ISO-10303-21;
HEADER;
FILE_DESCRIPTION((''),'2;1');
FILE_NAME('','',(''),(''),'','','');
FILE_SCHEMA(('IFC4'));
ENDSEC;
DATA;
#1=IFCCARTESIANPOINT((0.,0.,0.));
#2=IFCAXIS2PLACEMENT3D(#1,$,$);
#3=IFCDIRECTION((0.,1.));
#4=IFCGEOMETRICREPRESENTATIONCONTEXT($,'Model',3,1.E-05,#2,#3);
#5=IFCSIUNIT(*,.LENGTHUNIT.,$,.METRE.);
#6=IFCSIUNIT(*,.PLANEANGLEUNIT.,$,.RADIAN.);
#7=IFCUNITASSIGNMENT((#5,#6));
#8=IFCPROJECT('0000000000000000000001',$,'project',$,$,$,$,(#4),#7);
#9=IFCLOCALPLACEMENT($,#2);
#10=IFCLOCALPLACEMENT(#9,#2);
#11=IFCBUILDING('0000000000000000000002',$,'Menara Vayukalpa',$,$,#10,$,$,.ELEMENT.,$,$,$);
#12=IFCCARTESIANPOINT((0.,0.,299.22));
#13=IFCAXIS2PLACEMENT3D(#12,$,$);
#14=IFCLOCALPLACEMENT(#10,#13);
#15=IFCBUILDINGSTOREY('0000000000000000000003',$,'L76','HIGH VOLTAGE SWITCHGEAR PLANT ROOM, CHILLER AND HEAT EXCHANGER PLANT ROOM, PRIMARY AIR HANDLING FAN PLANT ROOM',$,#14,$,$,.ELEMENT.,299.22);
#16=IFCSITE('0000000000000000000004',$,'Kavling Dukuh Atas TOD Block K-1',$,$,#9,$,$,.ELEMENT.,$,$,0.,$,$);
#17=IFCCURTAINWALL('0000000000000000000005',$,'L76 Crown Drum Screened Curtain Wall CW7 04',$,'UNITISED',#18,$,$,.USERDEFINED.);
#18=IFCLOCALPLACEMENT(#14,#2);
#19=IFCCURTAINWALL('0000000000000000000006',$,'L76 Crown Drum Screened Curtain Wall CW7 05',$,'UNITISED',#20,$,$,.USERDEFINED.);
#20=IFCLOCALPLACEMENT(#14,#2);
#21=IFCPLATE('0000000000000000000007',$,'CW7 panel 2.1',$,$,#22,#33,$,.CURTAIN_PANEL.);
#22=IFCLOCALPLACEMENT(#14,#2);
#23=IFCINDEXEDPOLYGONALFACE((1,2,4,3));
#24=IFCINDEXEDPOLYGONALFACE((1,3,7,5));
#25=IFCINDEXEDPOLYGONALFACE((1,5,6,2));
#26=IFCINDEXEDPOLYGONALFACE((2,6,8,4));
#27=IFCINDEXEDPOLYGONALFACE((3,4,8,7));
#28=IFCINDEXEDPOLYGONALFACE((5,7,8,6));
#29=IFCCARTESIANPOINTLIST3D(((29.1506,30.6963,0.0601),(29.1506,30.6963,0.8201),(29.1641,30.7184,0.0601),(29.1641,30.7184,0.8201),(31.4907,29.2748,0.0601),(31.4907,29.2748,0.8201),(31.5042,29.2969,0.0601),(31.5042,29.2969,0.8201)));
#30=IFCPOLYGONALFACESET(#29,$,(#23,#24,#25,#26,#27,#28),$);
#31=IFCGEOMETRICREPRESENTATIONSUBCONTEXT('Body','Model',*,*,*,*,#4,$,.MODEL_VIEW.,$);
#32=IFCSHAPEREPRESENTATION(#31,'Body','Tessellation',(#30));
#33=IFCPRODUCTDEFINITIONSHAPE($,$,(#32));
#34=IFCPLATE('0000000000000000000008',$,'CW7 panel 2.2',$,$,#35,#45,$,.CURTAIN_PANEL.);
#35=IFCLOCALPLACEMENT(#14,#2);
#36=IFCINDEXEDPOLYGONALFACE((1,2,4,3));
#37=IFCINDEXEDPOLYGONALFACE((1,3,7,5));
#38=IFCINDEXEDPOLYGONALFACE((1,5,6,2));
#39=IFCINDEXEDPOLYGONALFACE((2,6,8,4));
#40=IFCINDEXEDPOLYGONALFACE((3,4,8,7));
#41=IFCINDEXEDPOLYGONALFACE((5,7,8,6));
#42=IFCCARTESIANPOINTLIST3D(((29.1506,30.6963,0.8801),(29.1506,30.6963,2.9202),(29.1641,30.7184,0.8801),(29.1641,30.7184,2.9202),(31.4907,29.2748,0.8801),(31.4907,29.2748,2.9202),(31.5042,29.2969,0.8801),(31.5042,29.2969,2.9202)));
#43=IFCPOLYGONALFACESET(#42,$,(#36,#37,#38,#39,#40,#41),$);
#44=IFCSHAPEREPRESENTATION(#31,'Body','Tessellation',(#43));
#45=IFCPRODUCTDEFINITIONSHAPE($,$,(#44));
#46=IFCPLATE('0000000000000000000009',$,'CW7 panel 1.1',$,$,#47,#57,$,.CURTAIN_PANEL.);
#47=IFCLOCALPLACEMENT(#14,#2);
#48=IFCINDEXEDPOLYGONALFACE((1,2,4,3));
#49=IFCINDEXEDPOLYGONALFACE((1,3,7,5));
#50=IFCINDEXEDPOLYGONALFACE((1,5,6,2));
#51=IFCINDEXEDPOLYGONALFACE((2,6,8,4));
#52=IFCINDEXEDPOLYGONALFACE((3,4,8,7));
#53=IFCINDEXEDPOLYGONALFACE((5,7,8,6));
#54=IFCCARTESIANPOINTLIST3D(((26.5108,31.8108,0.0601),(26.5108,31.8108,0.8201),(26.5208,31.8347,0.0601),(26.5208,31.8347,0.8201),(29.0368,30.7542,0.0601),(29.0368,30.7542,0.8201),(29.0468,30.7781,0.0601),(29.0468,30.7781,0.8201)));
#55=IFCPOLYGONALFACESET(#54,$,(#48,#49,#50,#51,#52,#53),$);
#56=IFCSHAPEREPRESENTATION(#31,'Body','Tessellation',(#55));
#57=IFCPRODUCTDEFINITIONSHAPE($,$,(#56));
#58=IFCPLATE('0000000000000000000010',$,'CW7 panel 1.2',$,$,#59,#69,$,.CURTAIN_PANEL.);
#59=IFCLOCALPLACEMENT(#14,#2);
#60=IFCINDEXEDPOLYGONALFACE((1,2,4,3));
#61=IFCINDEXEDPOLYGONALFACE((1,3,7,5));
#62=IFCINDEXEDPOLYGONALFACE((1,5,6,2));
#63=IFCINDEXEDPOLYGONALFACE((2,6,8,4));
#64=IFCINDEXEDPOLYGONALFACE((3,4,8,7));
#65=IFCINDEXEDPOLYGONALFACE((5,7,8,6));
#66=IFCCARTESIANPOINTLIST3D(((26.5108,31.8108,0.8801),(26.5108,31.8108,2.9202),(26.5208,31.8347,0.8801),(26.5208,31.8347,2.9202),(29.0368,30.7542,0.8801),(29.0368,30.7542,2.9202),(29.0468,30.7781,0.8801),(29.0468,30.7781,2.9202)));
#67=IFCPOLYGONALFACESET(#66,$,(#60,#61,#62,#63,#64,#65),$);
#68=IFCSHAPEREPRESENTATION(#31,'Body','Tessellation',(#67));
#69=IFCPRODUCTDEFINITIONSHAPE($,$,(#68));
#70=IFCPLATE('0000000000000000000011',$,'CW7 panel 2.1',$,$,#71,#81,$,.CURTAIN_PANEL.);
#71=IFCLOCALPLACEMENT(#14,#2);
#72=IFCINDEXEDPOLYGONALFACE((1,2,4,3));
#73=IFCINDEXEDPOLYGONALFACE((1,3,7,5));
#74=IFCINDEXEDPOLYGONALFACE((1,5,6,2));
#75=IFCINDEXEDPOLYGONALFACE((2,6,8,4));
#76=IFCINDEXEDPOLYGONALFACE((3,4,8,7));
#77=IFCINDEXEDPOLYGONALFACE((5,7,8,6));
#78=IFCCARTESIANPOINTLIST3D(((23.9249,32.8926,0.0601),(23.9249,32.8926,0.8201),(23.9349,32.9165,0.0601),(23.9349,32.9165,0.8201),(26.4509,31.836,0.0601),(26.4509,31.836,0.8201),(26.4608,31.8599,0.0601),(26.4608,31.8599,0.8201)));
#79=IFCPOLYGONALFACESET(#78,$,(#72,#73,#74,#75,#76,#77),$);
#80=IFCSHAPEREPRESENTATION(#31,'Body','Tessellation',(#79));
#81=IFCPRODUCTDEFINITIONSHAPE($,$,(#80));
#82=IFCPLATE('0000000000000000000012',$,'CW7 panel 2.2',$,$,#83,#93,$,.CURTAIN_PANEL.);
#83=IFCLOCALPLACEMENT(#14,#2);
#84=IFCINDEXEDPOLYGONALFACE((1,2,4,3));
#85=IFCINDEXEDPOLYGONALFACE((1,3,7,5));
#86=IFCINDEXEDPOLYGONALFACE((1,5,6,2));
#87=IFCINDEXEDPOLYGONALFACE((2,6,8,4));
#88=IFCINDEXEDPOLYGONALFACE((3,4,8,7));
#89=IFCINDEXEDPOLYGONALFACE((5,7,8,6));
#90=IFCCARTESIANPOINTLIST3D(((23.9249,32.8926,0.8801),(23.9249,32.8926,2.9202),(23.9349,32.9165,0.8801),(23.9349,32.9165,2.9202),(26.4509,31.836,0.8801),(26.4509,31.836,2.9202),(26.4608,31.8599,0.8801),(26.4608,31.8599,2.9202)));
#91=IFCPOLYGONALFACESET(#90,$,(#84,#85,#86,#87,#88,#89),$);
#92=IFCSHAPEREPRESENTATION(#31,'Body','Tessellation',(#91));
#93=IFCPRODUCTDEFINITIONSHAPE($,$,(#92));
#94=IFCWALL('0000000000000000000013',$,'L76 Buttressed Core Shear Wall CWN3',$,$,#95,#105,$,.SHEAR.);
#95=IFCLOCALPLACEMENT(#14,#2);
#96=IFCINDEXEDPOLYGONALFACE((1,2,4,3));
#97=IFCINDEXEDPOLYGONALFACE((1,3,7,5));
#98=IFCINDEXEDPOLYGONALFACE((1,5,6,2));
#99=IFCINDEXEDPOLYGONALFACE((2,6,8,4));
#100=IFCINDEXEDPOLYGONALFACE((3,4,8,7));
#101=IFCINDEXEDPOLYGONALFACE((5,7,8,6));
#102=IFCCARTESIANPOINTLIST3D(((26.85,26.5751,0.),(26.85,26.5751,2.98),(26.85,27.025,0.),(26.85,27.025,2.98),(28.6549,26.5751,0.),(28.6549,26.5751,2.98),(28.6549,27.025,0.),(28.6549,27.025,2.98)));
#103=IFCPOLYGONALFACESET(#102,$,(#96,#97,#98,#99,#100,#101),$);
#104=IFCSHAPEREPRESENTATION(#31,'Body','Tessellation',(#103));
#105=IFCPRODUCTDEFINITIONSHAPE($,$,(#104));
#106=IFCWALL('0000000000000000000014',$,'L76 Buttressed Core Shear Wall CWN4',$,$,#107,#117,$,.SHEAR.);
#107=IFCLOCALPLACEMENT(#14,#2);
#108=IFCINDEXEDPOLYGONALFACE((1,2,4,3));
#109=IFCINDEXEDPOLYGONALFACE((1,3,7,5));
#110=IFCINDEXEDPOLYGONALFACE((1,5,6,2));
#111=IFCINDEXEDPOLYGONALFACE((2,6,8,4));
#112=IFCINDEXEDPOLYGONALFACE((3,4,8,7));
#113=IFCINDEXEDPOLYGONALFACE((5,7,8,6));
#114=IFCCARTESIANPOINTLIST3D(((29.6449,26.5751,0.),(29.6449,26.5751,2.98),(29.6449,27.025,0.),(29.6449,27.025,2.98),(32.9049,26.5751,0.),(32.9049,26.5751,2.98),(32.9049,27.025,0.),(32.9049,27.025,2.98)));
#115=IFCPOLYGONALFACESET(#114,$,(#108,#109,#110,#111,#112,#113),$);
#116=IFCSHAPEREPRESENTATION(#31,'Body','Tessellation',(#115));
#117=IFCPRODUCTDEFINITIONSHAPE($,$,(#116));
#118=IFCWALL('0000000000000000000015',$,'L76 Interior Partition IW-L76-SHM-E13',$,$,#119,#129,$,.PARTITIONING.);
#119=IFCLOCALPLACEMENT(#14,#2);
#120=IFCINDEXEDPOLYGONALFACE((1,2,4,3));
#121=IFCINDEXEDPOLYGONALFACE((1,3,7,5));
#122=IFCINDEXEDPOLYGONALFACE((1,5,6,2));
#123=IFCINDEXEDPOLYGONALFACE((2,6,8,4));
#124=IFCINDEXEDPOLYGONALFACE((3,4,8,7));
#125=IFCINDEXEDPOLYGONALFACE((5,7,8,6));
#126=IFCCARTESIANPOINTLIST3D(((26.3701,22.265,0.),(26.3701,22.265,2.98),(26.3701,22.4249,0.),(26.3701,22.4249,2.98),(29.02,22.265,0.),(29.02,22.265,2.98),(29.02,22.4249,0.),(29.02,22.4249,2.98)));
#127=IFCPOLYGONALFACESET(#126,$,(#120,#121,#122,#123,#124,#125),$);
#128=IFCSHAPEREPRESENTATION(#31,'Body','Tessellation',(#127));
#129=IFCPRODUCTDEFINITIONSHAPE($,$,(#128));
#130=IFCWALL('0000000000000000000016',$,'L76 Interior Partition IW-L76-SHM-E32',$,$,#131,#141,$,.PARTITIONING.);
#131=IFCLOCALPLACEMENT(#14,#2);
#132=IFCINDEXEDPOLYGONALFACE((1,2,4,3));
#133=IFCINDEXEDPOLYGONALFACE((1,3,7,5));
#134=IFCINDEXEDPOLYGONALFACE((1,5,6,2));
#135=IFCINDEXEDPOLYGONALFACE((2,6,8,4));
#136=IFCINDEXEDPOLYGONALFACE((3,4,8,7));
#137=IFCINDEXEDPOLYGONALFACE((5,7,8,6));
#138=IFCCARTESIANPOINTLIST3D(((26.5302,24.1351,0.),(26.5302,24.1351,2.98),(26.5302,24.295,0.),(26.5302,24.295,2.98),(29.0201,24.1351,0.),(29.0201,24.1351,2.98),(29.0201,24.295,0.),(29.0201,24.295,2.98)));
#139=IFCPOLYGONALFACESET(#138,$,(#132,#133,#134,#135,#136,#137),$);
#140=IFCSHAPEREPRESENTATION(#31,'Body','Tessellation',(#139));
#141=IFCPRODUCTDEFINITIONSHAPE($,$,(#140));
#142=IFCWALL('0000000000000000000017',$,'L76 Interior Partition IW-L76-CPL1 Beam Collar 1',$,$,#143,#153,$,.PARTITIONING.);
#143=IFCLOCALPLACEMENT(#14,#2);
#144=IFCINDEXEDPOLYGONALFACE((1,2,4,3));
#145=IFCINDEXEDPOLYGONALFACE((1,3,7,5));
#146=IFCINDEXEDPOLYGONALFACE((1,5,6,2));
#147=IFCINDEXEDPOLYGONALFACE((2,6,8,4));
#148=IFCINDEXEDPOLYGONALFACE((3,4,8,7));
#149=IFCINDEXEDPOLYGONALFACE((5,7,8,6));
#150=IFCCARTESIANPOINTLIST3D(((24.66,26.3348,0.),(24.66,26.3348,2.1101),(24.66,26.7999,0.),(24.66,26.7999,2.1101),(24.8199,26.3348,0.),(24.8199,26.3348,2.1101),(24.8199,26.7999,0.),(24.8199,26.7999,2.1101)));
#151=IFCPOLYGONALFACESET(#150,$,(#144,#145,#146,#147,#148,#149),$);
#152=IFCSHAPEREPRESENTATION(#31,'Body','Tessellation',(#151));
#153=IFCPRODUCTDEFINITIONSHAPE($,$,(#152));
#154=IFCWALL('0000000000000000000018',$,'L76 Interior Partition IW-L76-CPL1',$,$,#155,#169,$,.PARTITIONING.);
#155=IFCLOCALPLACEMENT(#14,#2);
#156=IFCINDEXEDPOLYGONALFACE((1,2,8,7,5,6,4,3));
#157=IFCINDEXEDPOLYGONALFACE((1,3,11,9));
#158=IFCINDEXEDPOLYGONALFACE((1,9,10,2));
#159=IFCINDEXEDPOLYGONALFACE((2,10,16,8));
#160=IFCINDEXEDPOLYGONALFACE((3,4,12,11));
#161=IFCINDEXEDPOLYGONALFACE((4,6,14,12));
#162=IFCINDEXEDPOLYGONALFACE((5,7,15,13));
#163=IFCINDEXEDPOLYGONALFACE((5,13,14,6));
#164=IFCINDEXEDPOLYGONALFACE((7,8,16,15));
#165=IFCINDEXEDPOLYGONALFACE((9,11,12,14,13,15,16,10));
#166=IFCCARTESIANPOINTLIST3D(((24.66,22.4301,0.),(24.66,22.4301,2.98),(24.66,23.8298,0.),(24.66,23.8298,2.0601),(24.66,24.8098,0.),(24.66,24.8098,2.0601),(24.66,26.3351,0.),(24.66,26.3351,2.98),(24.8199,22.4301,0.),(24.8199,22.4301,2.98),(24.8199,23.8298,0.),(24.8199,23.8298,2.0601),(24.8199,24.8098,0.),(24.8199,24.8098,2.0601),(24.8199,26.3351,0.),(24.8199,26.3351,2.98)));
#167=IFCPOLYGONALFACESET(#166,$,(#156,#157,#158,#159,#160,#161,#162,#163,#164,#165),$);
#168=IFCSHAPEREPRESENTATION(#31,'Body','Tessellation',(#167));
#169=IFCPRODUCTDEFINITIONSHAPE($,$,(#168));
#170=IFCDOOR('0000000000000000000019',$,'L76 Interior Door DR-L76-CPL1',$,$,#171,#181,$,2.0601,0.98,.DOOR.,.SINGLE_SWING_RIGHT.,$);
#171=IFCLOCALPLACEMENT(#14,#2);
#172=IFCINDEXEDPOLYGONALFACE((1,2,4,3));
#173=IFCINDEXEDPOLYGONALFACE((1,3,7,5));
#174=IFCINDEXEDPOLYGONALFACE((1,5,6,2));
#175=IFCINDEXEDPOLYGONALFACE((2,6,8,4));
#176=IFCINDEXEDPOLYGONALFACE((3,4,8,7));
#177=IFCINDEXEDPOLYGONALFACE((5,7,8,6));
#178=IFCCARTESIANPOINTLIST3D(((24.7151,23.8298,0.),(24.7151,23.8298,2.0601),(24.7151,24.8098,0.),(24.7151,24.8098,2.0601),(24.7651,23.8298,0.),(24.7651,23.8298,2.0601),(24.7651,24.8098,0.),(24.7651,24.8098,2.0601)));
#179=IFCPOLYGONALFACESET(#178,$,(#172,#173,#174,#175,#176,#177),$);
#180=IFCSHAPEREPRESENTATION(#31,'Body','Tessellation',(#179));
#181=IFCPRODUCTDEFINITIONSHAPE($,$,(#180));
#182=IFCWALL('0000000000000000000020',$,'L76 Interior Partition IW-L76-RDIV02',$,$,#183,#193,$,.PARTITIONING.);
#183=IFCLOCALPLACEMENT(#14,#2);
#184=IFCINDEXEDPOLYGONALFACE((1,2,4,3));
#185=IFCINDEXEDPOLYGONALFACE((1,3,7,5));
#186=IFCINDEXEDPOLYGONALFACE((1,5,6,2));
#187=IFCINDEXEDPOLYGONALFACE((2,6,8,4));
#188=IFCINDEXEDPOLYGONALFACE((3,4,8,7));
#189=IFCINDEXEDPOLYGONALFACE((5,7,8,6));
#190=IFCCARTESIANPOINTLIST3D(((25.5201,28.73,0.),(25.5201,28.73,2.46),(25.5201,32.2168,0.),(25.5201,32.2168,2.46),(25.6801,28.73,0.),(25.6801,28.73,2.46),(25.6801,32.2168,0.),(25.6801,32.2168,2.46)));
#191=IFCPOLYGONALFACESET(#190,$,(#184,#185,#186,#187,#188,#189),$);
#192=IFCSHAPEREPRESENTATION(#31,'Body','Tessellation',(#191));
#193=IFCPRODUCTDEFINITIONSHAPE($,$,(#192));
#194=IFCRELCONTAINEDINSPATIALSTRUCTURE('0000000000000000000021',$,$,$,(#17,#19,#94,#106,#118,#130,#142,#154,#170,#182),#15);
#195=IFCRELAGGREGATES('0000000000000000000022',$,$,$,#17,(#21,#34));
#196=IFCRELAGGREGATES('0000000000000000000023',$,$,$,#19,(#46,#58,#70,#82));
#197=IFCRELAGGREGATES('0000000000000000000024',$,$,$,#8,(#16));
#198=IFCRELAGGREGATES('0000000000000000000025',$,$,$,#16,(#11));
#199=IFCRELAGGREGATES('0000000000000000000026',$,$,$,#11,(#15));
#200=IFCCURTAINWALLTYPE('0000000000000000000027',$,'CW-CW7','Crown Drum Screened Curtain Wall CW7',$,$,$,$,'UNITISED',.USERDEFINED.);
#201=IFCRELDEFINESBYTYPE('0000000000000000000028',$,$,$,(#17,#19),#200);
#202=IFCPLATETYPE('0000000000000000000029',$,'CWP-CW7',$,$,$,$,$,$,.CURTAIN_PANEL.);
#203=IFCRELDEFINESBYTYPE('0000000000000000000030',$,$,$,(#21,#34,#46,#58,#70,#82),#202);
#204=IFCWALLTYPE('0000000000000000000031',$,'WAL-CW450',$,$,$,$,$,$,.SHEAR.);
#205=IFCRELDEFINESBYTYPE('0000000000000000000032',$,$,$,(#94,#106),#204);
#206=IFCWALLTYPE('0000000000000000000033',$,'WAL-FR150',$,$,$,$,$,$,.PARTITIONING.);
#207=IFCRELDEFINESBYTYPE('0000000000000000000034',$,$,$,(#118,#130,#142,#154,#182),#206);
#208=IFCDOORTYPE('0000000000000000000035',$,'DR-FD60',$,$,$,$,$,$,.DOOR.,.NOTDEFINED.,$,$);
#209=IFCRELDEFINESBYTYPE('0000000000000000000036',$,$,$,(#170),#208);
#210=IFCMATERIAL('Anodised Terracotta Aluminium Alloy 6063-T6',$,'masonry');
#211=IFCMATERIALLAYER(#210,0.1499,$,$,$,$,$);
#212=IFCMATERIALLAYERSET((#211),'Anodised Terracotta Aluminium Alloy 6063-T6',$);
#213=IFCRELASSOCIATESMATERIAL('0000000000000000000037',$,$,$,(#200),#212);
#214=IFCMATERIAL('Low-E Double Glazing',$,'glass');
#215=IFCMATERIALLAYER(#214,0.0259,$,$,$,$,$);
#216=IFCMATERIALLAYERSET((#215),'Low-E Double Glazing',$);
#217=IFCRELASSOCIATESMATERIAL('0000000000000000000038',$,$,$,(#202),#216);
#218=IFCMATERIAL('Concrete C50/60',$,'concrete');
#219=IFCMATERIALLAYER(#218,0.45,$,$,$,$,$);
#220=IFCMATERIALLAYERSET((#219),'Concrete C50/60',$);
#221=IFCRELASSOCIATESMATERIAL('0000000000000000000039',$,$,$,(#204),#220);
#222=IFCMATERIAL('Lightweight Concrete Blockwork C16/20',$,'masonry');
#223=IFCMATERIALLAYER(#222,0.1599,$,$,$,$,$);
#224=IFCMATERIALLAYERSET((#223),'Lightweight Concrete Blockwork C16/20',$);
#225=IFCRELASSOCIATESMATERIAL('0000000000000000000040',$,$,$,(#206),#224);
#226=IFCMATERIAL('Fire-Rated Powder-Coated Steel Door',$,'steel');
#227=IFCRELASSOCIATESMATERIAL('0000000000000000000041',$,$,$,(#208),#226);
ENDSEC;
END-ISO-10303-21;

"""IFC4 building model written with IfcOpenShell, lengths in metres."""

from ifc_helpers import new_model, si_unit, direction, frame, frame_2d, origin, origin_2d, place, context, subcontext, project, spatial, rectangle, extrude, material, layer, layer_set, type_object, element, fill, aggregate, save


model = new_model("IFC4")

# Units and contexts
model_context = context("Model", 3, precision=1e-05, world=origin(), true_north=direction((0.0, 1.0)))
body_context = subcontext(model_context, "Body", "Model", "MODEL_VIEW")
ifc_project = project(units=[si_unit("LENGTHUNIT", "METRE"), si_unit("PLANEANGLEUNIT", "RADIAN")], contexts=[model_context])

# Site, building, storey
site_placement = place(None, origin())
site = spatial("IfcSite", under=ifc_project, at=site_placement, Name="Kavling Dukuh Atas TOD Block K-1", CompositionType="ELEMENT", RefElevation=0.0)
building_placement = place(site_placement, origin())
building = spatial("IfcBuilding", under=site, at=building_placement, Name="Menara Vayukalpa", CompositionType="ELEMENT")
storey_placement = place(building_placement, frame((0.0, 0.0, 299.22)))
storey = spatial("IfcBuildingStorey", under=building, at=storey_placement, Name="L76", Description="HIGH VOLTAGE SWITCHGEAR PLANT ROOM, CHILLER AND HEAT EXCHANGER PLANT ROOM, PRIMARY AIR HANDLING FAN PLANT ROOM", CompositionType="ELEMENT", Elevation=299.22)

# Curtain wall
ifc_material_1 = material(Name="Anodised Terracotta Aluminium Alloy 6063-T6", Category="masonry")
ifc_layer_1 = layer(ifc_material_1, 0.1499)
ifc_layer_set_1 = layer_set([ifc_layer_1], Name="Anodised Terracotta Aluminium Alloy 6063-T6")
curtain_wall_type = type_object("IfcCurtainWallType", Name="CW-CW7", Description="Crown Drum Screened Curtain Wall CW7", ElementType="UNITISED", PredefinedType="USERDEFINED", material=ifc_layer_set_1)
curtain_wall_1_placement = place(storey_placement, origin())
curtain_wall_1 = element("IfcCurtainWall", 1, at=curtain_wall_1_placement, inside=storey, type_object=curtain_wall_type, Name="L76 Crown Drum Screened Curtain Wall CW7 04", ObjectType="UNITISED", PredefinedType="USERDEFINED")

# Curtain wall
curtain_wall_2_placement = place(storey_placement, origin())
curtain_wall_2 = element("IfcCurtainWall", 2, at=curtain_wall_2_placement, inside=storey, type_object=curtain_wall_type, Name="L76 Crown Drum Screened Curtain Wall CW7 05", ObjectType="UNITISED", PredefinedType="USERDEFINED")

# Plates
ifc_material_2 = material(Name="Low-E Double Glazing", Category="glass")
ifc_layer_2 = layer(ifc_material_2, 0.0259)
ifc_layer_set_2 = layer_set([ifc_layer_2], Name="Low-E Double Glazing")
plate_type = type_object("IfcPlateType", Name="CWP-CW7", PredefinedType="CURTAIN_PANEL", material=ifc_layer_set_2)
plate_1_placement = place(storey_placement, frame((30.3274, 29.9966, 0.0601), z_axis=(0.0, 0.0, 1.0), x_axis=(-0.854667, 0.519176, 0.0)))
plate_1 = element("IfcPlate", 3, at=plate_1_placement, type_object=plate_type, Name="CW7 panel 2.1", PredefinedType="CURTAIN_PANEL", context=body_context, shape_type="SweptSolid", body=[
    extrude(rectangle(XDim=2.738, YDim=0.0259, at=origin_2d()), origin(), (0.0, 0.0, 1.0), 0.76),
])
plate_2_placement = place(storey_placement, frame((30.3274, 29.9966, 0.8801), z_axis=(0.0, 0.0, 1.0), x_axis=(-0.854667, 0.519176, 0.0)))
plate_2 = element("IfcPlate", 4, at=plate_2_placement, type_object=plate_type, Name="CW7 panel 2.2", PredefinedType="CURTAIN_PANEL", context=body_context, shape_type="SweptSolid", body=[
    extrude(rectangle(XDim=2.738, YDim=0.0259, at=origin_2d()), origin(), (0.0, 0.0, 1.0), 2.04),
])
aggregate(curtain_wall_1, [plate_1, plate_2])
plate_3_placement = place(storey_placement, frame((27.7788, 31.2944, 0.0601), z_axis=(0.0, 0.0, 1.0), x_axis=(-0.922541, 0.385898, 0.0)))
plate_3 = element("IfcPlate", 5, at=plate_3_placement, type_object=plate_type, Name="CW7 panel 1.1", PredefinedType="CURTAIN_PANEL", context=body_context, shape_type="SweptSolid", body=[
    extrude(rectangle(XDim=2.738, YDim=0.0259, at=origin_2d()), origin(), (0.0, 0.0, 1.0), 0.76),
])
plate_4_placement = place(storey_placement, frame((27.7788, 31.2944, 0.8801), z_axis=(0.0, 0.0, 1.0), x_axis=(-0.922541, 0.385898, 0.0)))
plate_4 = element("IfcPlate", 6, at=plate_4_placement, type_object=plate_type, Name="CW7 panel 1.2", PredefinedType="CURTAIN_PANEL", context=body_context, shape_type="SweptSolid", body=[
    extrude(rectangle(XDim=2.738, YDim=0.0259, at=origin_2d()), origin(), (0.0, 0.0, 1.0), 2.04),
])
plate_5_placement = place(storey_placement, frame((25.1929, 32.3762, 0.0601), z_axis=(0.0, 0.0, 1.0), x_axis=(-0.922541, 0.385898, 0.0)))
plate_5 = element("IfcPlate", 7, at=plate_5_placement, type_object=plate_type, Name="CW7 panel 2.1", PredefinedType="CURTAIN_PANEL", context=body_context, shape_type="SweptSolid", body=[
    extrude(rectangle(XDim=2.738, YDim=0.0259, at=origin_2d()), origin(), (0.0, 0.0, 1.0), 0.76),
])
plate_6_placement = place(storey_placement, frame((25.1929, 32.3762, 0.8801), z_axis=(0.0, 0.0, 1.0), x_axis=(-0.922541, 0.385898, 0.0)))
plate_6 = element("IfcPlate", 8, at=plate_6_placement, type_object=plate_type, Name="CW7 panel 2.2", PredefinedType="CURTAIN_PANEL", context=body_context, shape_type="SweptSolid", body=[
    extrude(rectangle(XDim=2.738, YDim=0.0259, at=origin_2d()), origin(), (0.0, 0.0, 1.0), 2.04),
])
aggregate(curtain_wall_2, [plate_3, plate_4, plate_5, plate_6])

# Walls
ifc_material_3 = material(Name="Concrete C50/60", Category="concrete")
ifc_layer_3 = layer(ifc_material_3, 0.45)
ifc_layer_set_3 = layer_set([ifc_layer_3], Name="Concrete C50/60")
wall_type_1 = type_object("IfcWallType", Name="WAL-CW450", PredefinedType="SHEAR", material=ifc_layer_set_3)
wall_1_placement = place(storey_placement, frame((26.8501, 26.8, 0.0), z_axis=(0.0, 0.0, 1.0), x_axis=(1.0, 0.0, 0.0)))
element("IfcWall", 9, at=wall_1_placement, inside=storey, type_object=wall_type_1, Name="L76 Buttressed Core Shear Wall CWN3", PredefinedType="SHEAR", context=body_context, shape_type="SweptSolid", body=[
    extrude(rectangle(XDim=1.8049, YDim=0.45, at=frame_2d((0.9023, 0.0))), origin(), (0.0, 0.0, 1.0), 2.98),
])
wall_2_placement = place(storey_placement, frame((29.645, 26.8, 0.0), z_axis=(0.0, 0.0, 1.0), x_axis=(1.0, 0.0, 0.0)))
element("IfcWall", 10, at=wall_2_placement, inside=storey, type_object=wall_type_1, Name="L76 Buttressed Core Shear Wall CWN4", PredefinedType="SHEAR", context=body_context, shape_type="SweptSolid", body=[
    extrude(rectangle(XDim=3.26, YDim=0.45, at=frame_2d((1.6299, 0.0))), origin(), (0.0, 0.0, 1.0), 2.98),
])
ifc_material_4 = material(Name="Lightweight Concrete Blockwork C16/20", Category="masonry")
ifc_layer_4 = layer(ifc_material_4, 0.1599)
ifc_layer_set_4 = layer_set([ifc_layer_4], Name="Lightweight Concrete Blockwork C16/20")
wall_type_2 = type_object("IfcWallType", Name="WAL-FR150", PredefinedType="PARTITIONING", material=ifc_layer_set_4)
wall_3_placement = place(storey_placement, frame((26.3701, 22.345, 0.0), z_axis=(0.0, 0.0, 1.0), x_axis=(1.0, 0.0, 0.0)))
element("IfcWall", 11, at=wall_3_placement, inside=storey, type_object=wall_type_2, Name="L76 Interior Partition IW-L76-SHM-E13", PredefinedType="PARTITIONING", context=body_context, shape_type="SweptSolid", body=[
    extrude(rectangle(XDim=2.6499, YDim=0.1599, at=frame_2d((1.325, 0.0))), origin(), (0.0, 0.0, 1.0), 2.98),
])
wall_4_placement = place(storey_placement, frame((26.53, 24.2151, 0.0), z_axis=(0.0, 0.0, 1.0), x_axis=(1.0, 0.0, 0.0)))
element("IfcWall", 12, at=wall_4_placement, inside=storey, type_object=wall_type_2, Name="L76 Interior Partition IW-L76-SHM-E32", PredefinedType="PARTITIONING", context=body_context, shape_type="SweptSolid", body=[
    extrude(rectangle(XDim=2.49, YDim=0.1599, at=frame_2d((1.2451, 0.0))), origin(), (0.0, 0.0, 1.0), 2.98),
])
wall_5_placement = place(storey_placement, frame((24.74, 26.335, 0.0), z_axis=(0.0, 0.0, 1.0), x_axis=(0.0, 1.0, 0.0)))
element("IfcWall", 13, at=wall_5_placement, inside=storey, type_object=wall_type_2, Name="L76 Interior Partition IW-L76-CPL1 Beam Collar 1", PredefinedType="PARTITIONING", context=body_context, shape_type="SweptSolid", body=[
    extrude(rectangle(XDim=0.4651, YDim=0.1599, at=frame_2d((0.2324, 0.0))), origin(), (0.0, 0.0, 1.0), 2.1101),
])

# Wall, opening, door
wall_6_placement = place(storey_placement, frame((24.74, 22.4299, 0.0), z_axis=(0.0, 0.0, 1.0), x_axis=(0.0, 1.0, 0.0)))
wall_6 = element("IfcWall", 14, at=wall_6_placement, inside=storey, type_object=wall_type_2, Name="L76 Interior Partition IW-L76-CPL1", PredefinedType="PARTITIONING", context=body_context, shape_type="SweptSolid", body=[
    extrude(rectangle(XDim=3.905, YDim=0.1599, at=frame_2d((1.9526, 0.0))), origin(), (0.0, 0.0, 1.0), 2.98),
])
opening_1_placement = place(wall_6_placement, frame((1.3999, 0.0, 0.0)))
opening_1 = element("IfcOpeningElement", 15, at=opening_1_placement, cuts=wall_6, PredefinedType="OPENING", context=body_context, shape_type="SweptSolid", body=[
    extrude(rectangle(XDim=0.98, YDim=2.0601, at=frame_2d((0.49, 1.03))), frame((0.0, 0.0898, 0.0), z_axis=(0.0, -1.0, 0.0), x_axis=(1.0, 0.0, 0.0)), (0.0, 0.0, 1.0), 0.1799),
])
ifc_material_5 = material(Name="Fire-Rated Powder-Coated Steel Door", Category="steel")
door_type = type_object("IfcDoorType", Name="DR-FD60", OperationType="NOTDEFINED", PredefinedType="DOOR", material=ifc_material_5)
door_1_placement = place(opening_1_placement, origin())
door_1 = element("IfcDoor", 16, at=door_1_placement, inside=storey, type_object=door_type, Name="L76 Interior Door DR-L76-CPL1", OperationType="SINGLE_SWING_RIGHT", OverallHeight=2.0601, OverallWidth=0.98, PredefinedType="DOOR", context=body_context, shape_type="SweptSolid", body=[
    extrude(rectangle(XDim=0.98, YDim=2.0601, at=frame_2d((0.49, 1.03))), frame((0.0, 0.0249, 0.0), z_axis=(0.0, -1.0, 0.0), x_axis=(1.0, 0.0, 0.0)), (0.0, 0.0, 1.0), 0.05),
])
fill(opening_1, door_1)

# Wall
wall_7_placement = place(storey_placement, frame((25.6001, 28.73, 0.0), z_axis=(0.0, 0.0, 1.0), x_axis=(0.0, 1.0, 0.0)))
element("IfcWall", 17, at=wall_7_placement, inside=storey, type_object=wall_type_2, Name="L76 Interior Partition IW-L76-RDIV02", PredefinedType="PARTITIONING", context=body_context, shape_type="SweptSolid", body=[
    extrude(rectangle(XDim=3.4868, YDim=0.1599, at=frame_2d((1.7434, 0.0))), origin(), (0.0, 0.0, 1.0), 2.46),
])

save(model, "model.ifc")
